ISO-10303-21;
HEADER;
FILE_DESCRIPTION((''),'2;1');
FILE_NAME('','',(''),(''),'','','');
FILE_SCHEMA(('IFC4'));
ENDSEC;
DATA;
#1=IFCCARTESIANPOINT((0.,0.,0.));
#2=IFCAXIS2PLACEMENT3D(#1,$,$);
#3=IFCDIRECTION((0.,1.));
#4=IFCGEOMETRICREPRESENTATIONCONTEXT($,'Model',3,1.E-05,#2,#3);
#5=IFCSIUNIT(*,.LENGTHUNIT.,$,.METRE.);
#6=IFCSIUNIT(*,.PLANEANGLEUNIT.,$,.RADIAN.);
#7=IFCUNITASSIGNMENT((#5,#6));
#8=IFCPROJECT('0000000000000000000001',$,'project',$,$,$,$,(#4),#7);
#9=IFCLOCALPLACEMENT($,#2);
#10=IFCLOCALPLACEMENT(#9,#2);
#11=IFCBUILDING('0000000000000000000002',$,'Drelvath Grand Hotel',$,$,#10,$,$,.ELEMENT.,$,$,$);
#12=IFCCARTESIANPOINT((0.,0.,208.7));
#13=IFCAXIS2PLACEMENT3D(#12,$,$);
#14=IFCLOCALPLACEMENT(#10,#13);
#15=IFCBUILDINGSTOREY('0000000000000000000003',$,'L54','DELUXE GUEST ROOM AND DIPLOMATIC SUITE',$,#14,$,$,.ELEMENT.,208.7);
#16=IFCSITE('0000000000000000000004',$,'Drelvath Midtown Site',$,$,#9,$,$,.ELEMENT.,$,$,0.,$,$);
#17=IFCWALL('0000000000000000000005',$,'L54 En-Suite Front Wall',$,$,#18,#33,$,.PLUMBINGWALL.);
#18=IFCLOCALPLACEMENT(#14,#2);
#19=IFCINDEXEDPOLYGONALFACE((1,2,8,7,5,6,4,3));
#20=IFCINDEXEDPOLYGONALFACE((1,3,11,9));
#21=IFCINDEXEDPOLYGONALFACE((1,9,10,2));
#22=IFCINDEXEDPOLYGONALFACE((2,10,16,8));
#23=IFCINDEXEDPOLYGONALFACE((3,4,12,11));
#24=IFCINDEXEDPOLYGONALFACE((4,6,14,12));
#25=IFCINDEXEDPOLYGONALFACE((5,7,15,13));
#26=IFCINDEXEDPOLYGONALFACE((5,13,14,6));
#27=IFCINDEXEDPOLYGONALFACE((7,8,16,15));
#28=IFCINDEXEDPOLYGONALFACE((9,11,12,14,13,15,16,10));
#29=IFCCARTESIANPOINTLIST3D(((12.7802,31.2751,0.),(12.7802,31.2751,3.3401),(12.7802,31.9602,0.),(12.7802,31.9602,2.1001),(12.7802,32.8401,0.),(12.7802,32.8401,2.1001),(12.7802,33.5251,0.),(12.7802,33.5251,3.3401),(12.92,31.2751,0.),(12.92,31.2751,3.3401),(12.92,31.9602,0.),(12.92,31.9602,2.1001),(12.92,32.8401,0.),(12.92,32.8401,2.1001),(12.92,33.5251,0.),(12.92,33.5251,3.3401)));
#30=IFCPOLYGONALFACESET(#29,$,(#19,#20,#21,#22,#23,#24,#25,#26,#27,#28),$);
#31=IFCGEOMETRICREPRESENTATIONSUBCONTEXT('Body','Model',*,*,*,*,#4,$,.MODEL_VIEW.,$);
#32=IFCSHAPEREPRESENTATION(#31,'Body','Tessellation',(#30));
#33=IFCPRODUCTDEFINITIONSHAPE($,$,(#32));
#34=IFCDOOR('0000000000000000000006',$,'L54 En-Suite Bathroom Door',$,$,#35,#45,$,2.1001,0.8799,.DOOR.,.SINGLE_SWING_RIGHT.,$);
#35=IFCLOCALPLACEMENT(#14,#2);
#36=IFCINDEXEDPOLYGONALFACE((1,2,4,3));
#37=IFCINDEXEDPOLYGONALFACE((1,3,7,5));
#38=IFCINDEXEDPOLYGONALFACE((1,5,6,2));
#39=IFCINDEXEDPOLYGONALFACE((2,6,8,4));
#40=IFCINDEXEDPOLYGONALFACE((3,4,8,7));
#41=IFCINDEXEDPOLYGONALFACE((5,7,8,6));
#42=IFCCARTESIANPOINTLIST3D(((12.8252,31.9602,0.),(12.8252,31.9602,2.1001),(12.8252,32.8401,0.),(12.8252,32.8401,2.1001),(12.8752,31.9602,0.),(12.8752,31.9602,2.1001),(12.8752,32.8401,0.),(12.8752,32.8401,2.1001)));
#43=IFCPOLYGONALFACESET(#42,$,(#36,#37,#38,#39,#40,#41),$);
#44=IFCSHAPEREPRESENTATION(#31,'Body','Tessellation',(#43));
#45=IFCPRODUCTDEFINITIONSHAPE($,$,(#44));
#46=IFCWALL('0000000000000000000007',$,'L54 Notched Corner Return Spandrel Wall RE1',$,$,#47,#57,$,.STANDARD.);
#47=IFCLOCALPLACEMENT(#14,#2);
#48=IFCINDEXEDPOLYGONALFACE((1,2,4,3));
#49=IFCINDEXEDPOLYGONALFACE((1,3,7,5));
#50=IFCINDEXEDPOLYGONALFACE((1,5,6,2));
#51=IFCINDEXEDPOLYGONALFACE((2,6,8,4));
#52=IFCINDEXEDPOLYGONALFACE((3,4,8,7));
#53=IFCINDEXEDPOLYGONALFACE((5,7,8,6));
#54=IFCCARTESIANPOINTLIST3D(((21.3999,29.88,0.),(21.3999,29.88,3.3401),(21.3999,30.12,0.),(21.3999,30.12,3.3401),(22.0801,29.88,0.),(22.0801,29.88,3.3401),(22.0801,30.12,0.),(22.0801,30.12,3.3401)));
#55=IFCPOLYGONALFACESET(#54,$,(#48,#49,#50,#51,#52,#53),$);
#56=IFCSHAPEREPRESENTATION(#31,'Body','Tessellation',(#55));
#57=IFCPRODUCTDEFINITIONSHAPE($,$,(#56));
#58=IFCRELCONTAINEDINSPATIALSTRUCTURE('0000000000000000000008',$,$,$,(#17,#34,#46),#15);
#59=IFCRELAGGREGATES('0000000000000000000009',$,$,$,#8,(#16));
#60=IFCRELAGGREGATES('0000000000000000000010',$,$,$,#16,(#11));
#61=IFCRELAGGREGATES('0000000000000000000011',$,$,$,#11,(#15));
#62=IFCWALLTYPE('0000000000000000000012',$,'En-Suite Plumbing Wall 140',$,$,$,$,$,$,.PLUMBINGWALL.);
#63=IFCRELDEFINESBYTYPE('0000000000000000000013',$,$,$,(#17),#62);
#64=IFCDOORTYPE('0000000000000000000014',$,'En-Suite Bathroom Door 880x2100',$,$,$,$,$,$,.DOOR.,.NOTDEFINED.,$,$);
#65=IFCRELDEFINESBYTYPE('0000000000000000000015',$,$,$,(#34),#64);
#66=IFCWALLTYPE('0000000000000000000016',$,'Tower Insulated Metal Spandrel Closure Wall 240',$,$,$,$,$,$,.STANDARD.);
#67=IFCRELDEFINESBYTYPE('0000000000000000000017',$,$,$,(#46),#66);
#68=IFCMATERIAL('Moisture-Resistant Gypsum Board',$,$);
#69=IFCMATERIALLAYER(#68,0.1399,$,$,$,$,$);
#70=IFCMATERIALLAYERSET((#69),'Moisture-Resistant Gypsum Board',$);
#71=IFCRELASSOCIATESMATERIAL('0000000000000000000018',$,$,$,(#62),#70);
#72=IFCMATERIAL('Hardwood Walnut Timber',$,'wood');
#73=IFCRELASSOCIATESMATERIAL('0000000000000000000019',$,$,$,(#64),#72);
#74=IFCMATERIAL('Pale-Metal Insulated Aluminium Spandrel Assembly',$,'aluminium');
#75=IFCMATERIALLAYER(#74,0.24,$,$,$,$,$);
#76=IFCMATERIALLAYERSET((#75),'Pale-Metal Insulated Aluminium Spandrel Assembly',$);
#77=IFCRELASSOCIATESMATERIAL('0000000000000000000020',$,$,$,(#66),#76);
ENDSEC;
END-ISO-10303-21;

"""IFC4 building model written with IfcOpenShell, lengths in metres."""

from ifc_helpers import new_model, si_unit, direction, frame, frame_2d, origin, place, context, subcontext, project, spatial, rectangle, extrude, material, layer, layer_set, type_object, element, fill, save


model = new_model("IFC4")

# Units and contexts
model_context = context("Model", 3, precision=1e-05, world=origin(), true_north=direction((0.0, 1.0)))
body_context = subcontext(model_context, "Body", "Model", "MODEL_VIEW")
ifc_project = project(units=[si_unit("LENGTHUNIT", "METRE"), si_unit("PLANEANGLEUNIT", "RADIAN")], contexts=[model_context])

# Site, building, storey
site_placement = place(None, origin())
site = spatial("IfcSite", under=ifc_project, at=site_placement, Name="Drelvath Midtown Site", CompositionType="ELEMENT", RefElevation=0.0)
building_placement = place(site_placement, origin())
building = spatial("IfcBuilding", under=site, at=building_placement, Name="Drelvath Grand Hotel", CompositionType="ELEMENT")
storey_placement = place(building_placement, frame((0.0, 0.0, 208.7)))
storey = spatial("IfcBuildingStorey", under=building, at=storey_placement, Name="L54", Description="DELUXE GUEST ROOM AND DIPLOMATIC SUITE", CompositionType="ELEMENT", Elevation=208.7)

# Shared definitions
ifc_material_1 = material(Name="Moisture-Resistant Gypsum Board")
ifc_layer_1 = layer(ifc_material_1, 0.1399)
ifc_layer_set_1 = layer_set([ifc_layer_1], Name="Moisture-Resistant Gypsum Board")
wall_type_1 = type_object("IfcWallType", Name="En-Suite Plumbing Wall 140", PredefinedType="PLUMBINGWALL", material=ifc_layer_set_1)
ifc_material_2 = material(Name="Hardwood Walnut Timber", Category="wood")
door_type = type_object("IfcDoorType", Name="En-Suite Bathroom Door 880x2100", OperationType="NOTDEFINED", PredefinedType="DOOR", material=ifc_material_2)

# Wall, opening, door
wall_1_placement = place(storey_placement, frame((12.8501, 31.2751, 0.0), z_axis=(0.0, 0.0, 1.0), x_axis=(0.0, 1.0, 0.0)))
wall_1 = element("IfcWall", 1, at=wall_1_placement, inside=storey, type_object=wall_type_1, Name="L54 En-Suite Front Wall", PredefinedType="PLUMBINGWALL", context=body_context, shape_type="SweptSolid", body=[
    extrude(rectangle(XDim=2.25, YDim=0.1399, at=frame_2d((1.125, 0.0))), origin(), (0.0, 0.0, 1.0), 3.3401),
])
opening_1_placement = place(wall_1_placement, frame((0.6851, 0.0, 0.0)))
opening_1 = element("IfcOpeningElement", 2, at=opening_1_placement, cuts=wall_1, PredefinedType="OPENING", context=body_context, shape_type="SweptSolid", body=[
    extrude(rectangle(XDim=0.8799, YDim=2.1001, at=frame_2d((0.4399, 1.05))), frame((0.0, 0.0798, 0.0), z_axis=(0.0, -1.0, 0.0), x_axis=(1.0, 0.0, 0.0)), (0.0, 0.0, 1.0), 0.1599),
])
door_1_placement = place(opening_1_placement, origin())
door_1 = element("IfcDoor", 3, at=door_1_placement, inside=storey, type_object=door_type, Name="L54 En-Suite Bathroom Door", OperationType="SINGLE_SWING_RIGHT", OverallHeight=2.1001, OverallWidth=0.8799, PredefinedType="DOOR", context=body_context, shape_type="SweptSolid", body=[
    extrude(rectangle(XDim=0.8799, YDim=2.1001, at=frame_2d((0.4399, 1.05))), frame((0.0, 0.0249, 0.0), z_axis=(0.0, -1.0, 0.0), x_axis=(1.0, 0.0, 0.0)), (0.0, 0.0, 1.0), 0.05),
])
fill(opening_1, door_1)

# Wall
ifc_material_3 = material(Name="Pale-Metal Insulated Aluminium Spandrel Assembly", Category="aluminium")
ifc_layer_2 = layer(ifc_material_3, 0.24)
ifc_layer_set_2 = layer_set([ifc_layer_2], Name="Pale-Metal Insulated Aluminium Spandrel Assembly")
wall_type_2 = type_object("IfcWallType", Name="Tower Insulated Metal Spandrel Closure Wall 240", PredefinedType="STANDARD", material=ifc_layer_set_2)
wall_2_placement = place(storey_placement, frame((22.0801, 30.0, 0.0), z_axis=(0.0, 0.0, 1.0), x_axis=(-1.0, 0.0, 0.0)))
element("IfcWall", 4, at=wall_2_placement, inside=storey, type_object=wall_type_2, Name="L54 Notched Corner Return Spandrel Wall RE1", PredefinedType="STANDARD", context=body_context, shape_type="SweptSolid", body=[
    extrude(rectangle(XDim=0.6802, YDim=0.24, at=frame_2d((0.3401, 0.0))), origin(), (0.0, 0.0, 1.0), 3.3401),
])

save(model, "model.ifc")
